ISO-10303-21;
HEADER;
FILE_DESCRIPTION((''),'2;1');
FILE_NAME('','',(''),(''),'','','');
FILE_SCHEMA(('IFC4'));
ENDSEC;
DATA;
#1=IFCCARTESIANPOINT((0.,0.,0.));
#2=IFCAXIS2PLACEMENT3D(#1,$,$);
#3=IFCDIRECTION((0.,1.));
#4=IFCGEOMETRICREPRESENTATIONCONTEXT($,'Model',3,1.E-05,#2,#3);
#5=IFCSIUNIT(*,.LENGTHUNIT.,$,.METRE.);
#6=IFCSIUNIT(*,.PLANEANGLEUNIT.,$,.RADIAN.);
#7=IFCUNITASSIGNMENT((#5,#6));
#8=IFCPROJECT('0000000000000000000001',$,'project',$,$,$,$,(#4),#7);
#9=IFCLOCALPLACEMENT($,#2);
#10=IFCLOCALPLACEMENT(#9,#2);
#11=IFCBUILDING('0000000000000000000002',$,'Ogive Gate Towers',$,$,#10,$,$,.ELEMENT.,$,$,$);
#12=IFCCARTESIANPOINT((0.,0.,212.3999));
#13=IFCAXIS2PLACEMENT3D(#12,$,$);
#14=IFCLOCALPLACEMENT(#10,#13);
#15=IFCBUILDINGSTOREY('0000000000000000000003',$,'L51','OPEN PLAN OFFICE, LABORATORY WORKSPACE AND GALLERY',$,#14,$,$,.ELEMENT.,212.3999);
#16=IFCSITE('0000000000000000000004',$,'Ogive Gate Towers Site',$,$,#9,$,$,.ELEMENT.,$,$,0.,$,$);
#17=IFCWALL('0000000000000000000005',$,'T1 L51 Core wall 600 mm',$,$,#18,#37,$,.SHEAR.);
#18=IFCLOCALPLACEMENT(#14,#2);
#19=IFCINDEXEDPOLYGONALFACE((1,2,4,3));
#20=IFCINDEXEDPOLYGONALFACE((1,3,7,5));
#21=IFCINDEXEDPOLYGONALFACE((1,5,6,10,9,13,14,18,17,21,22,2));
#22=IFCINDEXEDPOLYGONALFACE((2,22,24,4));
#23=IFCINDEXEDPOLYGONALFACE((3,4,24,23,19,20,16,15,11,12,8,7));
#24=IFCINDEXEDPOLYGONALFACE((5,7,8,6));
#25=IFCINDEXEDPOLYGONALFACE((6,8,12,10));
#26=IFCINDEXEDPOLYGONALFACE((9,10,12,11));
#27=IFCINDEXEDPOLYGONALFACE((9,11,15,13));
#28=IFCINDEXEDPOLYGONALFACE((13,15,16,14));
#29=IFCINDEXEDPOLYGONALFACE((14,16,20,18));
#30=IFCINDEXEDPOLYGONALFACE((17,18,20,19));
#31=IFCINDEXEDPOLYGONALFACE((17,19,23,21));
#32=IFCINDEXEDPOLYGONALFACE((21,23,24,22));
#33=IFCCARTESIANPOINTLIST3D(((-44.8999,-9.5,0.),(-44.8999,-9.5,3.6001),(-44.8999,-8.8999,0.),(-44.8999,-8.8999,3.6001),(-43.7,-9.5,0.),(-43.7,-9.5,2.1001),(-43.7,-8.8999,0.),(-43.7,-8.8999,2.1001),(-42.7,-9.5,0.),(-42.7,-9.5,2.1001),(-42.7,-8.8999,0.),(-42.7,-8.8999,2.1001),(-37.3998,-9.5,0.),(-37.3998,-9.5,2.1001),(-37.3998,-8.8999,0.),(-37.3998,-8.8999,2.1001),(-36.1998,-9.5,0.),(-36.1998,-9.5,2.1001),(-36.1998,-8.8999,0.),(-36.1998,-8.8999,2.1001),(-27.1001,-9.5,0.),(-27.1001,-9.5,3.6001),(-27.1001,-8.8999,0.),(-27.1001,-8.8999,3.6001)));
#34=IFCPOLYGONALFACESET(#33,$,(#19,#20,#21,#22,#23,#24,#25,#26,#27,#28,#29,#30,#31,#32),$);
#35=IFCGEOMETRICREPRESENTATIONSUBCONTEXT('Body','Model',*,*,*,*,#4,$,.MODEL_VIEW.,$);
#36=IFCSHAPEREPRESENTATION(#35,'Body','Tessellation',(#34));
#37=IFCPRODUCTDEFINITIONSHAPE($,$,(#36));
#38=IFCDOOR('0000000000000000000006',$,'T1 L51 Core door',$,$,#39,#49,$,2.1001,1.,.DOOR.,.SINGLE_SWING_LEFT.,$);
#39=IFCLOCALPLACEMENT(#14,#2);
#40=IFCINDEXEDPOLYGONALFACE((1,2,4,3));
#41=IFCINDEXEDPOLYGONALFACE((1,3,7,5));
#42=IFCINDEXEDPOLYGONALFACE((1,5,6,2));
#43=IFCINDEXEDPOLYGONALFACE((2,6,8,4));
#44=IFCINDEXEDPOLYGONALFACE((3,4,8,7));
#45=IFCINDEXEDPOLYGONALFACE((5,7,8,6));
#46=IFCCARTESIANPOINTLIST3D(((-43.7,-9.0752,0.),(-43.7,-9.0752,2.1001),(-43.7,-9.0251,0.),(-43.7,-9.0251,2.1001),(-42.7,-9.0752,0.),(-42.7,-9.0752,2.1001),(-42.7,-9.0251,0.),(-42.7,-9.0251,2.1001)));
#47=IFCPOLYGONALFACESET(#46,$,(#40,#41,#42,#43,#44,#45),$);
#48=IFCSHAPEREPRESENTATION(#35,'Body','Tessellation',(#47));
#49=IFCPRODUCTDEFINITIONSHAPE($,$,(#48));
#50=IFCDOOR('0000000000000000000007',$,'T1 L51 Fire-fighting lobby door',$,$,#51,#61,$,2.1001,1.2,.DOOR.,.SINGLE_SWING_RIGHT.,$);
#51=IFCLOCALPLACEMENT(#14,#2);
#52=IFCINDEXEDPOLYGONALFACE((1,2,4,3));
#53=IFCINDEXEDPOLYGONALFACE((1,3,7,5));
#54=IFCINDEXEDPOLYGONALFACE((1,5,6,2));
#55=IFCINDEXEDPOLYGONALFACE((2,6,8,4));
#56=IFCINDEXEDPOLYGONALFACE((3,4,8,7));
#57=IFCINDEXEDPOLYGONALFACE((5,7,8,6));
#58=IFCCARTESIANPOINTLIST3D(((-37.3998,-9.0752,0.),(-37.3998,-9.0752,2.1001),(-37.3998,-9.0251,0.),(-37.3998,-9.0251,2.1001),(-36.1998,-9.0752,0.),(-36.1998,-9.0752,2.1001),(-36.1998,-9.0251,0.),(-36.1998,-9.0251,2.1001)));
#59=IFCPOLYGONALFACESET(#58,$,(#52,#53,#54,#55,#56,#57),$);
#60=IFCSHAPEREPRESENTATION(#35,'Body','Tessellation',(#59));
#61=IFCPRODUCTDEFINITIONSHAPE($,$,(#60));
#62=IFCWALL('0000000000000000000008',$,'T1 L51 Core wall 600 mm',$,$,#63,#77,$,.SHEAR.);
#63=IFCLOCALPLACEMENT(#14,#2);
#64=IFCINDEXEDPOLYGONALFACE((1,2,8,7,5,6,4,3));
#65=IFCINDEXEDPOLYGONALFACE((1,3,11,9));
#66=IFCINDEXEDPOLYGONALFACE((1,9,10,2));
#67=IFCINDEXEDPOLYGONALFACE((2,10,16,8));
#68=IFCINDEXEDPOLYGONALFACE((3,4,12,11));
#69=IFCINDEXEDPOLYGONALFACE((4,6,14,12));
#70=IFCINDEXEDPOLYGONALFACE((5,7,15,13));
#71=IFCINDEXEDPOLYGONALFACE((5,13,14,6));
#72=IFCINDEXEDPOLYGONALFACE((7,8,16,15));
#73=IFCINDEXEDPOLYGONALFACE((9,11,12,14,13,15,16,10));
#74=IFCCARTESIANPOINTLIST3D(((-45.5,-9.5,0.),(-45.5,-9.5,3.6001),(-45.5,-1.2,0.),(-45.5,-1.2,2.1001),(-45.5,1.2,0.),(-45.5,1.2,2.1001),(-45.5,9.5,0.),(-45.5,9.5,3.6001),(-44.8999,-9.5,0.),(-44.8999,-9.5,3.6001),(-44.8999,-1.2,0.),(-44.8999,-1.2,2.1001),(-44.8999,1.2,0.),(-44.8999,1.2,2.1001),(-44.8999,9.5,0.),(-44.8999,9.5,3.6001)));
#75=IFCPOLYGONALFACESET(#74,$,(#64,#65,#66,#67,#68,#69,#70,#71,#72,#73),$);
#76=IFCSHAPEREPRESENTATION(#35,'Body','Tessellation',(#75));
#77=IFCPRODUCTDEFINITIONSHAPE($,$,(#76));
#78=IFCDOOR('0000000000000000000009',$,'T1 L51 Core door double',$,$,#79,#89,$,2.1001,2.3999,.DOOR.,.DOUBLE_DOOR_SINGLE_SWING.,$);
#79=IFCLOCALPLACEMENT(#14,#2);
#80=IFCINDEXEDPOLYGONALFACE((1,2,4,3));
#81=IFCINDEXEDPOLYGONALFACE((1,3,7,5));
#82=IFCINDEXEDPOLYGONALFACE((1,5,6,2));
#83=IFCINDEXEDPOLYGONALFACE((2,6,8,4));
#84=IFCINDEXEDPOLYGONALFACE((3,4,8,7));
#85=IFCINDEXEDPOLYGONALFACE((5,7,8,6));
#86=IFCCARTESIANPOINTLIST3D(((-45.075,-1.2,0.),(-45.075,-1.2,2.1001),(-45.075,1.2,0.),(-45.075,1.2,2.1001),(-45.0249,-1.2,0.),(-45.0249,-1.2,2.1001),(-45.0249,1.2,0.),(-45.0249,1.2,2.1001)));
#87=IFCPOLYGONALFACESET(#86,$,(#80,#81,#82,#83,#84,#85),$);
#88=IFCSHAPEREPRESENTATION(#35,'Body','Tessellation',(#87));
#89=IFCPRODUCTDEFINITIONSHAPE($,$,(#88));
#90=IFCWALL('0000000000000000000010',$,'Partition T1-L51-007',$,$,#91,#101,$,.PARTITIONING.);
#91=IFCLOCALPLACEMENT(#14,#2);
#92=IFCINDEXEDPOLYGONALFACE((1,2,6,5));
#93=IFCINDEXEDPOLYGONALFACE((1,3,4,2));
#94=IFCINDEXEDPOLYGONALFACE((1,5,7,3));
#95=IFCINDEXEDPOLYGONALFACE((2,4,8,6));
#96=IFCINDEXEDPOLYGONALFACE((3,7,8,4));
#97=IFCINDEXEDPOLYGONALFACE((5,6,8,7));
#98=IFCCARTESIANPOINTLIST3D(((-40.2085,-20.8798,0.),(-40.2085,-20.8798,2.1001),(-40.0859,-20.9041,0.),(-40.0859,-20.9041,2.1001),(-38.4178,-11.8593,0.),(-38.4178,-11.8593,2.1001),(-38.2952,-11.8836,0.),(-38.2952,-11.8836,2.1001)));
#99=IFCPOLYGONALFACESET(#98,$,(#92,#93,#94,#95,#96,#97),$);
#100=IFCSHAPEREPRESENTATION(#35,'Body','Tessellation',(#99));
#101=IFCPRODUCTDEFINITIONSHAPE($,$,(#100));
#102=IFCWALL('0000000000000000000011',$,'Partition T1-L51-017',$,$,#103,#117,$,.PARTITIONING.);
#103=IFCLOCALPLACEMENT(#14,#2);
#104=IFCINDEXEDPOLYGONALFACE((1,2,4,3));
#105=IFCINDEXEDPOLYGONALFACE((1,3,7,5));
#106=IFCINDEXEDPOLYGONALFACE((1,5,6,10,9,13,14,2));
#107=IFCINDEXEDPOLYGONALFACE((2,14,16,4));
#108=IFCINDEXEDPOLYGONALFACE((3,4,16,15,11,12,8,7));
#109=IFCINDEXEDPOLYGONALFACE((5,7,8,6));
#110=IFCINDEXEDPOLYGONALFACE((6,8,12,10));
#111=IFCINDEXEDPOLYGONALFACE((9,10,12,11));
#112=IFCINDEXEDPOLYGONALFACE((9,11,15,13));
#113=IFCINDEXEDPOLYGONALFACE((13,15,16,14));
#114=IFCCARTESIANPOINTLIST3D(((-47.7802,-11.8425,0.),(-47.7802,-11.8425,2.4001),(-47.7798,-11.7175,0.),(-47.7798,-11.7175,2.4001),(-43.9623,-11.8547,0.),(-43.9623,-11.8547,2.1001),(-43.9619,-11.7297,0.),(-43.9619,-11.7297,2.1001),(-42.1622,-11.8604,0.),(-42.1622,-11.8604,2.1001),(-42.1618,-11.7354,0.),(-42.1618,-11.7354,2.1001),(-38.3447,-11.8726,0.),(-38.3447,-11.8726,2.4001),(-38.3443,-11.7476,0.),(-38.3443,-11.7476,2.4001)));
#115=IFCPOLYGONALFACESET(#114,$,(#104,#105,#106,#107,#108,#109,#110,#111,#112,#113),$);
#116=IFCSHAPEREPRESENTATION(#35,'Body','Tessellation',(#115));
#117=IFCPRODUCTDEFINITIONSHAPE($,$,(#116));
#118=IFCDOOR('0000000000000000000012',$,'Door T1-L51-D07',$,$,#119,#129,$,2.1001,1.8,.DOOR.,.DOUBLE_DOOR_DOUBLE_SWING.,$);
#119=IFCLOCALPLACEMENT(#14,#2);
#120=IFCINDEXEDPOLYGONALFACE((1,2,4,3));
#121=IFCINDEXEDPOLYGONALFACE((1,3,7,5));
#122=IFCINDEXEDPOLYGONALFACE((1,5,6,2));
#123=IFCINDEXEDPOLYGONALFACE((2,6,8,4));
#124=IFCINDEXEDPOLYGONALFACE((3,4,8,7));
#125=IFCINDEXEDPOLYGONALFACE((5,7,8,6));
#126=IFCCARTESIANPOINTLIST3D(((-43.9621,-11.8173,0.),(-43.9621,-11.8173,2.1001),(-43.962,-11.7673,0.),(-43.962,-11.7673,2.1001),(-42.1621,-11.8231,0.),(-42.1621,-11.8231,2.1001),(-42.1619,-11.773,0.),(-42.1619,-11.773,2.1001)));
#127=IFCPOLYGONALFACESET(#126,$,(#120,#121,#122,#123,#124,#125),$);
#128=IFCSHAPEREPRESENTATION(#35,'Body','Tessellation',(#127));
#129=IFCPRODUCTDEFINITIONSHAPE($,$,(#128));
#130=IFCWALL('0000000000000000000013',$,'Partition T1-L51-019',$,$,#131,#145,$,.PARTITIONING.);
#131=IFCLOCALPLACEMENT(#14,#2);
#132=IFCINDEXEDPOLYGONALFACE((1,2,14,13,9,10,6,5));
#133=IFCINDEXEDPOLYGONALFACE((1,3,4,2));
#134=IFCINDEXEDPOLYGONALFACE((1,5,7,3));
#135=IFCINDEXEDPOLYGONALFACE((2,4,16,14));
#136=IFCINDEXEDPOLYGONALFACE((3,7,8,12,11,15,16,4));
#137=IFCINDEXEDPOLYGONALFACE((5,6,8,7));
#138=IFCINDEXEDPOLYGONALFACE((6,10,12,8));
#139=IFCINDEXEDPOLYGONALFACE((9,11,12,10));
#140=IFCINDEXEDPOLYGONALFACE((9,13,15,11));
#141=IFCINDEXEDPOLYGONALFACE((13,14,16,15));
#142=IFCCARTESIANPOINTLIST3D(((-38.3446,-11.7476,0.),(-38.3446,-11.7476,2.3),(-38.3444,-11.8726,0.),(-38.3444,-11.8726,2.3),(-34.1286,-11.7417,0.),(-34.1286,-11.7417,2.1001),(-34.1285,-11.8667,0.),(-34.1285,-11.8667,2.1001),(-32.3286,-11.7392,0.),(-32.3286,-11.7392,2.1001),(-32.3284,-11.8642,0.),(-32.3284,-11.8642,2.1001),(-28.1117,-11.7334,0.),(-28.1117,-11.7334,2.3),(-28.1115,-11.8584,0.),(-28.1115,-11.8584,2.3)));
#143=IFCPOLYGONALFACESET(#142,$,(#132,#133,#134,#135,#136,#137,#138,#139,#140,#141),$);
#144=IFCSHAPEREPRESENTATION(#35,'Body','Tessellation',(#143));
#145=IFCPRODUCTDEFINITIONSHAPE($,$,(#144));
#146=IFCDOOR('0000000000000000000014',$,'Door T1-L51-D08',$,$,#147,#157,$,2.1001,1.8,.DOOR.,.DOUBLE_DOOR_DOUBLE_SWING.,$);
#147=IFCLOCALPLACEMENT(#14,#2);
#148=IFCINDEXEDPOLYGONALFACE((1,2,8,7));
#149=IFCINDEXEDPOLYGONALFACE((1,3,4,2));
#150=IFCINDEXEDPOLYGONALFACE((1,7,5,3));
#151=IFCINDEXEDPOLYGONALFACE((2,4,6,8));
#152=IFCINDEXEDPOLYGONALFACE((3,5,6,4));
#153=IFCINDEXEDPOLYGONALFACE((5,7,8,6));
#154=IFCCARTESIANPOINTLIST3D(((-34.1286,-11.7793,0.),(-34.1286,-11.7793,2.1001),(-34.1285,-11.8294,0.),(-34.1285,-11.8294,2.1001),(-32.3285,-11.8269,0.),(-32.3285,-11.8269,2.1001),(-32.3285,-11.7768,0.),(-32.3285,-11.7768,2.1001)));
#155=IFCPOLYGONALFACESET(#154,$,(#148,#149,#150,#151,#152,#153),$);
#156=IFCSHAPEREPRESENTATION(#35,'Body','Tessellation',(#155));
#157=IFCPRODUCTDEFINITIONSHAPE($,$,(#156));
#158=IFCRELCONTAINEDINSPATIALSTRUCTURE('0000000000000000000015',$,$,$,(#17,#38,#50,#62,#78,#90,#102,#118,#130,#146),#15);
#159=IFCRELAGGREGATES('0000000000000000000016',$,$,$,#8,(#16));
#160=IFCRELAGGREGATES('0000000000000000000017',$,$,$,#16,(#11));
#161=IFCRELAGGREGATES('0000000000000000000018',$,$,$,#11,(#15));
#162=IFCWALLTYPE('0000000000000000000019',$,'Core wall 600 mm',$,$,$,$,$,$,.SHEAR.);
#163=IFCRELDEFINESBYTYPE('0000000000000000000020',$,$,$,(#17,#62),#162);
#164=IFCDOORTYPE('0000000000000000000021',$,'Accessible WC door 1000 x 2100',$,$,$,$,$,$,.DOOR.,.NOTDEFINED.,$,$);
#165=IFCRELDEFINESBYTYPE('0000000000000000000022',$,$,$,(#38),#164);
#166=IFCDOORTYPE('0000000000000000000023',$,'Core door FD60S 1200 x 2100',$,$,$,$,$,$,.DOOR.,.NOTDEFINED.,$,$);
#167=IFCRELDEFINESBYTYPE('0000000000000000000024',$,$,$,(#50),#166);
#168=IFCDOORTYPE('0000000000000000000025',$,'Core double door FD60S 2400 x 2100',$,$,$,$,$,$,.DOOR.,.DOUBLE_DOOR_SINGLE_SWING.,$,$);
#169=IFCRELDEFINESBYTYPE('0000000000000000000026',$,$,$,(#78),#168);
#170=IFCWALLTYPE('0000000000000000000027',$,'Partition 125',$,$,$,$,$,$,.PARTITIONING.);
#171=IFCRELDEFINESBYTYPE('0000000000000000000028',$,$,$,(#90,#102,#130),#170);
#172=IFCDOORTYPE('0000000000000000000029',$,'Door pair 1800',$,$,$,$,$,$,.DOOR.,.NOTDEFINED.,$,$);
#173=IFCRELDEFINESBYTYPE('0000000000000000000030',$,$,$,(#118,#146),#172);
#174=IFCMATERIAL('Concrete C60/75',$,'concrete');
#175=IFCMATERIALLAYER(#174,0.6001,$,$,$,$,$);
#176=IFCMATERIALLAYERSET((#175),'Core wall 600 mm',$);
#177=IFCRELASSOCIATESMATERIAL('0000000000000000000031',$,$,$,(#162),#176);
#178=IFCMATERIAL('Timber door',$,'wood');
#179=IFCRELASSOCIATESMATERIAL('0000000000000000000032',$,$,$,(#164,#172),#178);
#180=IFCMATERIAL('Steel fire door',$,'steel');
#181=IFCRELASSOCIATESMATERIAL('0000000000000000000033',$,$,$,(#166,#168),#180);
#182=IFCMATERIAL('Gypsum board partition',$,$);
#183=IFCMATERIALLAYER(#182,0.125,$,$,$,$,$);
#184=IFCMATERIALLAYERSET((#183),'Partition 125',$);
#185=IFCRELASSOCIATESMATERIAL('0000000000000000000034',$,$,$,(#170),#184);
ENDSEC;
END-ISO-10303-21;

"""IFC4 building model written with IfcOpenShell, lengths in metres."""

from ifc_helpers import new_model, si_unit, direction, frame, frame_2d, origin, place, context, subcontext, project, spatial, rectangle, extrude, material, layer, layer_set, type_object, element, fill, save


model = new_model("IFC4")

# Units and contexts
model_context = context("Model", 3, precision=1e-05, world=origin(), true_north=direction((0.0, 1.0)))
body_context = subcontext(model_context, "Body", "Model", "MODEL_VIEW")
ifc_project = project(units=[si_unit("LENGTHUNIT", "METRE"), si_unit("PLANEANGLEUNIT", "RADIAN")], contexts=[model_context])

# Site, building, storey
site_placement = place(None, origin())
site = spatial("IfcSite", under=ifc_project, at=site_placement, Name="Ogive Gate Towers Site", CompositionType="ELEMENT", RefElevation=0.0)
building_placement = place(site_placement, origin())
building = spatial("IfcBuilding", under=site, at=building_placement, Name="Ogive Gate Towers", CompositionType="ELEMENT")
storey_placement = place(building_placement, frame((0.0, 0.0, 212.3999)))
storey = spatial("IfcBuildingStorey", under=building, at=storey_placement, Name="L51", Description="OPEN PLAN OFFICE, LABORATORY WORKSPACE AND GALLERY", CompositionType="ELEMENT", Elevation=212.3999)

# Wall, openings, doors
ifc_material_1 = material(Name="Concrete C60/75", Category="concrete")
ifc_layer_1 = layer(ifc_material_1, 0.6001)
ifc_layer_set_1 = layer_set([ifc_layer_1], Name="Core wall 600 mm")
wall_type_1 = type_object("IfcWallType", Name="Core wall 600 mm", PredefinedType="SHEAR", material=ifc_layer_set_1)
wall_1_placement = place(storey_placement, frame((-44.8999, -9.2, 0.0), z_axis=(0.0, 0.0, 1.0), x_axis=(1.0, 0.0, 0.0)))
wall_1 = element("IfcWall", 1, at=wall_1_placement, inside=storey, type_object=wall_type_1, Name="T1 L51 Core wall 600 mm", PredefinedType="SHEAR", context=body_context, shape_type="SweptSolid", body=[
    extrude(rectangle(XDim=17.7998, YDim=0.6001, at=frame_2d((8.8999, 0.0))), origin(), (0.0, 0.0, 1.0), 3.6001),
])
opening_1_placement = place(wall_1_placement, frame((7.5, 0.0, 0.0)))
opening_1 = element("IfcOpeningElement", 2, at=opening_1_placement, cuts=wall_1, PredefinedType="OPENING", context=body_context, shape_type="SweptSolid", body=[
    extrude(rectangle(XDim=1.2, YDim=2.1001, at=frame_2d((0.6001, 1.05))), frame((0.0, 0.3101, 0.0), z_axis=(0.0, -1.0, 0.0), x_axis=(1.0, 0.0, 0.0)), (0.0, 0.0, 1.0), 0.6201),
])
opening_2_placement = place(wall_1_placement, frame((1.2, 0.0, 0.0)))
opening_2 = element("IfcOpeningElement", 3, at=opening_2_placement, cuts=wall_1, PredefinedType="OPENING", context=body_context, shape_type="SweptSolid", body=[
    extrude(rectangle(XDim=1.0, YDim=2.1001, at=frame_2d((0.5, 1.05))), frame((0.0, 0.3101, 0.0), z_axis=(0.0, -1.0, 0.0), x_axis=(1.0, 0.0, 0.0)), (0.0, 0.0, 1.0), 0.6201),
])
ifc_material_2 = material(Name="Timber door", Category="wood")
door_type_1 = type_object("IfcDoorType", Name="Accessible WC door 1000 x 2100", OperationType="NOTDEFINED", PredefinedType="DOOR", material=ifc_material_2)
door_1_placement = place(opening_2_placement, origin())
door_1 = element("IfcDoor", 4, at=door_1_placement, inside=storey, type_object=door_type_1, Name="T1 L51 Core door", OperationType="SINGLE_SWING_LEFT", OverallHeight=2.1001, OverallWidth=1.0, PredefinedType="DOOR", context=body_context, shape_type="SweptSolid", body=[
    extrude(rectangle(XDim=1.0, YDim=2.1001, at=frame_2d((0.5, 1.05))), frame((0.0, 0.1748, 0.0), z_axis=(0.0, -1.0, 0.0), x_axis=(1.0, 0.0, 0.0)), (0.0, 0.0, 1.0), 0.05),
])
fill(opening_2, door_1)
ifc_material_3 = material(Name="Steel fire door", Category="steel")
door_type_2 = type_object("IfcDoorType", Name="Core door FD60S 1200 x 2100", OperationType="NOTDEFINED", PredefinedType="DOOR", material=ifc_material_3)
door_2_placement = place(opening_1_placement, origin())
door_2 = element("IfcDoor", 5, at=door_2_placement, inside=storey, type_object=door_type_2, Name="T1 L51 Fire-fighting lobby door", OperationType="SINGLE_SWING_RIGHT", OverallHeight=2.1001, OverallWidth=1.2, PredefinedType="DOOR", context=body_context, shape_type="SweptSolid", body=[
    extrude(rectangle(XDim=1.2, YDim=2.1001, at=frame_2d((0.6001, 1.05))), frame((0.0, 0.1748, 0.0), z_axis=(0.0, -1.0, 0.0), x_axis=(1.0, 0.0, 0.0)), (0.0, 0.0, 1.0), 0.05),
])
fill(opening_1, door_2)

# Wall, opening, door
wall_2_placement = place(storey_placement, frame((-45.2, -9.5, 0.0), z_axis=(0.0, 0.0, 1.0), x_axis=(0.0, 1.0, 0.0)))
wall_2 = element("IfcWall", 6, at=wall_2_placement, inside=storey, type_object=wall_type_1, Name="T1 L51 Core wall 600 mm", PredefinedType="SHEAR", context=body_context, shape_type="SweptSolid", body=[
    extrude(rectangle(XDim=19.0, YDim=0.6001, at=frame_2d((9.5, 0.0))), origin(), (0.0, 0.0, 1.0), 3.6001),
])
opening_3_placement = place(wall_2_placement, frame((8.3, 0.0, 0.0)))
opening_3 = element("IfcOpeningElement", 7, at=opening_3_placement, cuts=wall_2, PredefinedType="OPENING", context=body_context, shape_type="SweptSolid", body=[
    extrude(rectangle(XDim=2.3999, YDim=2.1001, at=frame_2d((1.2, 1.05))), frame((0.0, 0.3101, 0.0), z_axis=(0.0, -1.0, 0.0), x_axis=(1.0, 0.0, 0.0)), (0.0, 0.0, 1.0), 0.6201),
])
door_type_3 = type_object("IfcDoorType", Name="Core double door FD60S 2400 x 2100", OperationType="DOUBLE_DOOR_SINGLE_SWING", PredefinedType="DOOR", material=ifc_material_3)
door_3_placement = place(opening_3_placement, origin())
door_3 = element("IfcDoor", 8, at=door_3_placement, inside=storey, type_object=door_type_3, Name="T1 L51 Core door double", OperationType="DOUBLE_DOOR_SINGLE_SWING", OverallHeight=2.1001, OverallWidth=2.3999, PredefinedType="DOOR", context=body_context, shape_type="SweptSolid", body=[
    extrude(rectangle(XDim=2.3999, YDim=2.1001, at=frame_2d((1.2, 1.05))), frame((0.0, -0.125, 0.0), z_axis=(0.0, -1.0, 0.0), x_axis=(1.0, 0.0, 0.0)), (0.0, 0.0, 1.0), 0.05),
])
fill(opening_3, door_3)

# Wall
ifc_material_4 = material(Name="Gypsum board partition")
ifc_layer_2 = layer(ifc_material_4, 0.125)
ifc_layer_set_2 = layer_set([ifc_layer_2], Name="Partition 125")
wall_type_2 = type_object("IfcWallType", Name="Partition 125", PredefinedType="PARTITIONING", material=ifc_layer_set_2)
wall_3_placement = place(storey_placement, frame((-40.1472, -20.8918, 0.0), z_axis=(0.0, 0.0, 1.0), x_axis=(0.194722, 0.980858, 0.0)))
element("IfcWall", 9, at=wall_3_placement, inside=storey, type_object=wall_type_2, Name="Partition T1-L51-007", PredefinedType="PARTITIONING", context=body_context, shape_type="SweptSolid", body=[
    extrude(rectangle(XDim=9.1965, YDim=0.125, at=frame_2d((4.5981, 0.0))), origin(), (0.0, 0.0, 1.0), 2.1001),
])

# Walls, openings, doors
wall_4_placement = place(storey_placement, frame((-47.78, -11.78, 0.0), z_axis=(0.0, 0.0, 1.0), x_axis=(0.999995, -0.003183, 0.0)))
wall_4 = element("IfcWall", 10, at=wall_4_placement, inside=storey, type_object=wall_type_2, Name="Partition T1-L51-017", PredefinedType="PARTITIONING", context=body_context, shape_type="SweptSolid", body=[
    extrude(rectangle(XDim=9.4355, YDim=0.125, at=frame_2d((4.7178, 0.0))), origin(), (0.0, 0.0, 1.0), 2.4001),
])
opening_4_placement = place(wall_4_placement, frame((3.8181, 0.0, 0.0)))
opening_4 = element("IfcOpeningElement", 11, at=opening_4_placement, cuts=wall_4, PredefinedType="OPENING", context=body_context, shape_type="SweptSolid", body=[
    extrude(rectangle(XDim=1.8, YDim=2.1001, at=frame_2d((0.8999, 1.05))), frame((0.0, 0.0725, 0.0), z_axis=(0.0, -1.0, 0.0), x_axis=(1.0, 0.0, 0.0)), (0.0, 0.0, 1.0), 0.145),
])
door_type_4 = type_object("IfcDoorType", Name="Door pair 1800", OperationType="NOTDEFINED", PredefinedType="DOOR", material=ifc_material_2)
door_4_placement = place(opening_4_placement, origin())
door_4 = element("IfcDoor", 12, at=door_4_placement, inside=storey, type_object=door_type_4, Name="Door T1-L51-D07", OperationType="DOUBLE_DOOR_DOUBLE_SWING", OverallHeight=2.1001, OverallWidth=1.8, PredefinedType="DOOR", context=body_context, shape_type="SweptSolid", body=[
    extrude(rectangle(XDim=1.8, YDim=2.1001, at=frame_2d((0.8999, 1.05))), frame((0.0, 0.0249, 0.0), z_axis=(0.0, -1.0, 0.0), x_axis=(1.0, 0.0, 0.0)), (0.0, 0.0, 1.0), 0.05),
])
fill(opening_4, door_4)
wall_5_placement = place(storey_placement, frame((-38.3445, -11.8101, 0.0), z_axis=(0.0, 0.0, 1.0), x_axis=(0.999999, 0.001384, 0.0)))
wall_5 = element("IfcWall", 13, at=wall_5_placement, inside=storey, type_object=wall_type_2, Name="Partition T1-L51-019", PredefinedType="PARTITIONING", context=body_context, shape_type="SweptSolid", body=[
    extrude(rectangle(XDim=10.2329, YDim=0.125, at=frame_2d((5.1165, 0.0))), origin(), (0.0, 0.0, 1.0), 2.3),
])
opening_5_placement = place(wall_5_placement, frame((4.2161, 0.0, 0.0)))
opening_5 = element("IfcOpeningElement", 14, at=opening_5_placement, cuts=wall_5, PredefinedType="OPENING", context=body_context, shape_type="SweptSolid", body=[
    extrude(rectangle(XDim=1.8, YDim=2.1001, at=frame_2d((0.8999, 1.05))), frame((0.0, 0.0725, 0.0), z_axis=(0.0, -1.0, 0.0), x_axis=(1.0, 0.0, 0.0)), (0.0, 0.0, 1.0), 0.145),
])
door_5_placement = place(opening_5_placement, origin())
door_5 = element("IfcDoor", 15, at=door_5_placement, inside=storey, type_object=door_type_4, Name="Door T1-L51-D08", OperationType="DOUBLE_DOOR_DOUBLE_SWING", OverallHeight=2.1001, OverallWidth=1.8, PredefinedType="DOOR", context=body_context, shape_type="SweptSolid", body=[
    extrude(rectangle(XDim=1.8, YDim=2.1001, at=frame_2d((0.8999, 1.05))), frame((0.0, 0.0249, 0.0), z_axis=(0.0, -1.0, 0.0), x_axis=(1.0, 0.0, 0.0)), (0.0, 0.0, 1.0), 0.05),
])
fill(opening_5, door_5)

save(model, "model.ifc")
